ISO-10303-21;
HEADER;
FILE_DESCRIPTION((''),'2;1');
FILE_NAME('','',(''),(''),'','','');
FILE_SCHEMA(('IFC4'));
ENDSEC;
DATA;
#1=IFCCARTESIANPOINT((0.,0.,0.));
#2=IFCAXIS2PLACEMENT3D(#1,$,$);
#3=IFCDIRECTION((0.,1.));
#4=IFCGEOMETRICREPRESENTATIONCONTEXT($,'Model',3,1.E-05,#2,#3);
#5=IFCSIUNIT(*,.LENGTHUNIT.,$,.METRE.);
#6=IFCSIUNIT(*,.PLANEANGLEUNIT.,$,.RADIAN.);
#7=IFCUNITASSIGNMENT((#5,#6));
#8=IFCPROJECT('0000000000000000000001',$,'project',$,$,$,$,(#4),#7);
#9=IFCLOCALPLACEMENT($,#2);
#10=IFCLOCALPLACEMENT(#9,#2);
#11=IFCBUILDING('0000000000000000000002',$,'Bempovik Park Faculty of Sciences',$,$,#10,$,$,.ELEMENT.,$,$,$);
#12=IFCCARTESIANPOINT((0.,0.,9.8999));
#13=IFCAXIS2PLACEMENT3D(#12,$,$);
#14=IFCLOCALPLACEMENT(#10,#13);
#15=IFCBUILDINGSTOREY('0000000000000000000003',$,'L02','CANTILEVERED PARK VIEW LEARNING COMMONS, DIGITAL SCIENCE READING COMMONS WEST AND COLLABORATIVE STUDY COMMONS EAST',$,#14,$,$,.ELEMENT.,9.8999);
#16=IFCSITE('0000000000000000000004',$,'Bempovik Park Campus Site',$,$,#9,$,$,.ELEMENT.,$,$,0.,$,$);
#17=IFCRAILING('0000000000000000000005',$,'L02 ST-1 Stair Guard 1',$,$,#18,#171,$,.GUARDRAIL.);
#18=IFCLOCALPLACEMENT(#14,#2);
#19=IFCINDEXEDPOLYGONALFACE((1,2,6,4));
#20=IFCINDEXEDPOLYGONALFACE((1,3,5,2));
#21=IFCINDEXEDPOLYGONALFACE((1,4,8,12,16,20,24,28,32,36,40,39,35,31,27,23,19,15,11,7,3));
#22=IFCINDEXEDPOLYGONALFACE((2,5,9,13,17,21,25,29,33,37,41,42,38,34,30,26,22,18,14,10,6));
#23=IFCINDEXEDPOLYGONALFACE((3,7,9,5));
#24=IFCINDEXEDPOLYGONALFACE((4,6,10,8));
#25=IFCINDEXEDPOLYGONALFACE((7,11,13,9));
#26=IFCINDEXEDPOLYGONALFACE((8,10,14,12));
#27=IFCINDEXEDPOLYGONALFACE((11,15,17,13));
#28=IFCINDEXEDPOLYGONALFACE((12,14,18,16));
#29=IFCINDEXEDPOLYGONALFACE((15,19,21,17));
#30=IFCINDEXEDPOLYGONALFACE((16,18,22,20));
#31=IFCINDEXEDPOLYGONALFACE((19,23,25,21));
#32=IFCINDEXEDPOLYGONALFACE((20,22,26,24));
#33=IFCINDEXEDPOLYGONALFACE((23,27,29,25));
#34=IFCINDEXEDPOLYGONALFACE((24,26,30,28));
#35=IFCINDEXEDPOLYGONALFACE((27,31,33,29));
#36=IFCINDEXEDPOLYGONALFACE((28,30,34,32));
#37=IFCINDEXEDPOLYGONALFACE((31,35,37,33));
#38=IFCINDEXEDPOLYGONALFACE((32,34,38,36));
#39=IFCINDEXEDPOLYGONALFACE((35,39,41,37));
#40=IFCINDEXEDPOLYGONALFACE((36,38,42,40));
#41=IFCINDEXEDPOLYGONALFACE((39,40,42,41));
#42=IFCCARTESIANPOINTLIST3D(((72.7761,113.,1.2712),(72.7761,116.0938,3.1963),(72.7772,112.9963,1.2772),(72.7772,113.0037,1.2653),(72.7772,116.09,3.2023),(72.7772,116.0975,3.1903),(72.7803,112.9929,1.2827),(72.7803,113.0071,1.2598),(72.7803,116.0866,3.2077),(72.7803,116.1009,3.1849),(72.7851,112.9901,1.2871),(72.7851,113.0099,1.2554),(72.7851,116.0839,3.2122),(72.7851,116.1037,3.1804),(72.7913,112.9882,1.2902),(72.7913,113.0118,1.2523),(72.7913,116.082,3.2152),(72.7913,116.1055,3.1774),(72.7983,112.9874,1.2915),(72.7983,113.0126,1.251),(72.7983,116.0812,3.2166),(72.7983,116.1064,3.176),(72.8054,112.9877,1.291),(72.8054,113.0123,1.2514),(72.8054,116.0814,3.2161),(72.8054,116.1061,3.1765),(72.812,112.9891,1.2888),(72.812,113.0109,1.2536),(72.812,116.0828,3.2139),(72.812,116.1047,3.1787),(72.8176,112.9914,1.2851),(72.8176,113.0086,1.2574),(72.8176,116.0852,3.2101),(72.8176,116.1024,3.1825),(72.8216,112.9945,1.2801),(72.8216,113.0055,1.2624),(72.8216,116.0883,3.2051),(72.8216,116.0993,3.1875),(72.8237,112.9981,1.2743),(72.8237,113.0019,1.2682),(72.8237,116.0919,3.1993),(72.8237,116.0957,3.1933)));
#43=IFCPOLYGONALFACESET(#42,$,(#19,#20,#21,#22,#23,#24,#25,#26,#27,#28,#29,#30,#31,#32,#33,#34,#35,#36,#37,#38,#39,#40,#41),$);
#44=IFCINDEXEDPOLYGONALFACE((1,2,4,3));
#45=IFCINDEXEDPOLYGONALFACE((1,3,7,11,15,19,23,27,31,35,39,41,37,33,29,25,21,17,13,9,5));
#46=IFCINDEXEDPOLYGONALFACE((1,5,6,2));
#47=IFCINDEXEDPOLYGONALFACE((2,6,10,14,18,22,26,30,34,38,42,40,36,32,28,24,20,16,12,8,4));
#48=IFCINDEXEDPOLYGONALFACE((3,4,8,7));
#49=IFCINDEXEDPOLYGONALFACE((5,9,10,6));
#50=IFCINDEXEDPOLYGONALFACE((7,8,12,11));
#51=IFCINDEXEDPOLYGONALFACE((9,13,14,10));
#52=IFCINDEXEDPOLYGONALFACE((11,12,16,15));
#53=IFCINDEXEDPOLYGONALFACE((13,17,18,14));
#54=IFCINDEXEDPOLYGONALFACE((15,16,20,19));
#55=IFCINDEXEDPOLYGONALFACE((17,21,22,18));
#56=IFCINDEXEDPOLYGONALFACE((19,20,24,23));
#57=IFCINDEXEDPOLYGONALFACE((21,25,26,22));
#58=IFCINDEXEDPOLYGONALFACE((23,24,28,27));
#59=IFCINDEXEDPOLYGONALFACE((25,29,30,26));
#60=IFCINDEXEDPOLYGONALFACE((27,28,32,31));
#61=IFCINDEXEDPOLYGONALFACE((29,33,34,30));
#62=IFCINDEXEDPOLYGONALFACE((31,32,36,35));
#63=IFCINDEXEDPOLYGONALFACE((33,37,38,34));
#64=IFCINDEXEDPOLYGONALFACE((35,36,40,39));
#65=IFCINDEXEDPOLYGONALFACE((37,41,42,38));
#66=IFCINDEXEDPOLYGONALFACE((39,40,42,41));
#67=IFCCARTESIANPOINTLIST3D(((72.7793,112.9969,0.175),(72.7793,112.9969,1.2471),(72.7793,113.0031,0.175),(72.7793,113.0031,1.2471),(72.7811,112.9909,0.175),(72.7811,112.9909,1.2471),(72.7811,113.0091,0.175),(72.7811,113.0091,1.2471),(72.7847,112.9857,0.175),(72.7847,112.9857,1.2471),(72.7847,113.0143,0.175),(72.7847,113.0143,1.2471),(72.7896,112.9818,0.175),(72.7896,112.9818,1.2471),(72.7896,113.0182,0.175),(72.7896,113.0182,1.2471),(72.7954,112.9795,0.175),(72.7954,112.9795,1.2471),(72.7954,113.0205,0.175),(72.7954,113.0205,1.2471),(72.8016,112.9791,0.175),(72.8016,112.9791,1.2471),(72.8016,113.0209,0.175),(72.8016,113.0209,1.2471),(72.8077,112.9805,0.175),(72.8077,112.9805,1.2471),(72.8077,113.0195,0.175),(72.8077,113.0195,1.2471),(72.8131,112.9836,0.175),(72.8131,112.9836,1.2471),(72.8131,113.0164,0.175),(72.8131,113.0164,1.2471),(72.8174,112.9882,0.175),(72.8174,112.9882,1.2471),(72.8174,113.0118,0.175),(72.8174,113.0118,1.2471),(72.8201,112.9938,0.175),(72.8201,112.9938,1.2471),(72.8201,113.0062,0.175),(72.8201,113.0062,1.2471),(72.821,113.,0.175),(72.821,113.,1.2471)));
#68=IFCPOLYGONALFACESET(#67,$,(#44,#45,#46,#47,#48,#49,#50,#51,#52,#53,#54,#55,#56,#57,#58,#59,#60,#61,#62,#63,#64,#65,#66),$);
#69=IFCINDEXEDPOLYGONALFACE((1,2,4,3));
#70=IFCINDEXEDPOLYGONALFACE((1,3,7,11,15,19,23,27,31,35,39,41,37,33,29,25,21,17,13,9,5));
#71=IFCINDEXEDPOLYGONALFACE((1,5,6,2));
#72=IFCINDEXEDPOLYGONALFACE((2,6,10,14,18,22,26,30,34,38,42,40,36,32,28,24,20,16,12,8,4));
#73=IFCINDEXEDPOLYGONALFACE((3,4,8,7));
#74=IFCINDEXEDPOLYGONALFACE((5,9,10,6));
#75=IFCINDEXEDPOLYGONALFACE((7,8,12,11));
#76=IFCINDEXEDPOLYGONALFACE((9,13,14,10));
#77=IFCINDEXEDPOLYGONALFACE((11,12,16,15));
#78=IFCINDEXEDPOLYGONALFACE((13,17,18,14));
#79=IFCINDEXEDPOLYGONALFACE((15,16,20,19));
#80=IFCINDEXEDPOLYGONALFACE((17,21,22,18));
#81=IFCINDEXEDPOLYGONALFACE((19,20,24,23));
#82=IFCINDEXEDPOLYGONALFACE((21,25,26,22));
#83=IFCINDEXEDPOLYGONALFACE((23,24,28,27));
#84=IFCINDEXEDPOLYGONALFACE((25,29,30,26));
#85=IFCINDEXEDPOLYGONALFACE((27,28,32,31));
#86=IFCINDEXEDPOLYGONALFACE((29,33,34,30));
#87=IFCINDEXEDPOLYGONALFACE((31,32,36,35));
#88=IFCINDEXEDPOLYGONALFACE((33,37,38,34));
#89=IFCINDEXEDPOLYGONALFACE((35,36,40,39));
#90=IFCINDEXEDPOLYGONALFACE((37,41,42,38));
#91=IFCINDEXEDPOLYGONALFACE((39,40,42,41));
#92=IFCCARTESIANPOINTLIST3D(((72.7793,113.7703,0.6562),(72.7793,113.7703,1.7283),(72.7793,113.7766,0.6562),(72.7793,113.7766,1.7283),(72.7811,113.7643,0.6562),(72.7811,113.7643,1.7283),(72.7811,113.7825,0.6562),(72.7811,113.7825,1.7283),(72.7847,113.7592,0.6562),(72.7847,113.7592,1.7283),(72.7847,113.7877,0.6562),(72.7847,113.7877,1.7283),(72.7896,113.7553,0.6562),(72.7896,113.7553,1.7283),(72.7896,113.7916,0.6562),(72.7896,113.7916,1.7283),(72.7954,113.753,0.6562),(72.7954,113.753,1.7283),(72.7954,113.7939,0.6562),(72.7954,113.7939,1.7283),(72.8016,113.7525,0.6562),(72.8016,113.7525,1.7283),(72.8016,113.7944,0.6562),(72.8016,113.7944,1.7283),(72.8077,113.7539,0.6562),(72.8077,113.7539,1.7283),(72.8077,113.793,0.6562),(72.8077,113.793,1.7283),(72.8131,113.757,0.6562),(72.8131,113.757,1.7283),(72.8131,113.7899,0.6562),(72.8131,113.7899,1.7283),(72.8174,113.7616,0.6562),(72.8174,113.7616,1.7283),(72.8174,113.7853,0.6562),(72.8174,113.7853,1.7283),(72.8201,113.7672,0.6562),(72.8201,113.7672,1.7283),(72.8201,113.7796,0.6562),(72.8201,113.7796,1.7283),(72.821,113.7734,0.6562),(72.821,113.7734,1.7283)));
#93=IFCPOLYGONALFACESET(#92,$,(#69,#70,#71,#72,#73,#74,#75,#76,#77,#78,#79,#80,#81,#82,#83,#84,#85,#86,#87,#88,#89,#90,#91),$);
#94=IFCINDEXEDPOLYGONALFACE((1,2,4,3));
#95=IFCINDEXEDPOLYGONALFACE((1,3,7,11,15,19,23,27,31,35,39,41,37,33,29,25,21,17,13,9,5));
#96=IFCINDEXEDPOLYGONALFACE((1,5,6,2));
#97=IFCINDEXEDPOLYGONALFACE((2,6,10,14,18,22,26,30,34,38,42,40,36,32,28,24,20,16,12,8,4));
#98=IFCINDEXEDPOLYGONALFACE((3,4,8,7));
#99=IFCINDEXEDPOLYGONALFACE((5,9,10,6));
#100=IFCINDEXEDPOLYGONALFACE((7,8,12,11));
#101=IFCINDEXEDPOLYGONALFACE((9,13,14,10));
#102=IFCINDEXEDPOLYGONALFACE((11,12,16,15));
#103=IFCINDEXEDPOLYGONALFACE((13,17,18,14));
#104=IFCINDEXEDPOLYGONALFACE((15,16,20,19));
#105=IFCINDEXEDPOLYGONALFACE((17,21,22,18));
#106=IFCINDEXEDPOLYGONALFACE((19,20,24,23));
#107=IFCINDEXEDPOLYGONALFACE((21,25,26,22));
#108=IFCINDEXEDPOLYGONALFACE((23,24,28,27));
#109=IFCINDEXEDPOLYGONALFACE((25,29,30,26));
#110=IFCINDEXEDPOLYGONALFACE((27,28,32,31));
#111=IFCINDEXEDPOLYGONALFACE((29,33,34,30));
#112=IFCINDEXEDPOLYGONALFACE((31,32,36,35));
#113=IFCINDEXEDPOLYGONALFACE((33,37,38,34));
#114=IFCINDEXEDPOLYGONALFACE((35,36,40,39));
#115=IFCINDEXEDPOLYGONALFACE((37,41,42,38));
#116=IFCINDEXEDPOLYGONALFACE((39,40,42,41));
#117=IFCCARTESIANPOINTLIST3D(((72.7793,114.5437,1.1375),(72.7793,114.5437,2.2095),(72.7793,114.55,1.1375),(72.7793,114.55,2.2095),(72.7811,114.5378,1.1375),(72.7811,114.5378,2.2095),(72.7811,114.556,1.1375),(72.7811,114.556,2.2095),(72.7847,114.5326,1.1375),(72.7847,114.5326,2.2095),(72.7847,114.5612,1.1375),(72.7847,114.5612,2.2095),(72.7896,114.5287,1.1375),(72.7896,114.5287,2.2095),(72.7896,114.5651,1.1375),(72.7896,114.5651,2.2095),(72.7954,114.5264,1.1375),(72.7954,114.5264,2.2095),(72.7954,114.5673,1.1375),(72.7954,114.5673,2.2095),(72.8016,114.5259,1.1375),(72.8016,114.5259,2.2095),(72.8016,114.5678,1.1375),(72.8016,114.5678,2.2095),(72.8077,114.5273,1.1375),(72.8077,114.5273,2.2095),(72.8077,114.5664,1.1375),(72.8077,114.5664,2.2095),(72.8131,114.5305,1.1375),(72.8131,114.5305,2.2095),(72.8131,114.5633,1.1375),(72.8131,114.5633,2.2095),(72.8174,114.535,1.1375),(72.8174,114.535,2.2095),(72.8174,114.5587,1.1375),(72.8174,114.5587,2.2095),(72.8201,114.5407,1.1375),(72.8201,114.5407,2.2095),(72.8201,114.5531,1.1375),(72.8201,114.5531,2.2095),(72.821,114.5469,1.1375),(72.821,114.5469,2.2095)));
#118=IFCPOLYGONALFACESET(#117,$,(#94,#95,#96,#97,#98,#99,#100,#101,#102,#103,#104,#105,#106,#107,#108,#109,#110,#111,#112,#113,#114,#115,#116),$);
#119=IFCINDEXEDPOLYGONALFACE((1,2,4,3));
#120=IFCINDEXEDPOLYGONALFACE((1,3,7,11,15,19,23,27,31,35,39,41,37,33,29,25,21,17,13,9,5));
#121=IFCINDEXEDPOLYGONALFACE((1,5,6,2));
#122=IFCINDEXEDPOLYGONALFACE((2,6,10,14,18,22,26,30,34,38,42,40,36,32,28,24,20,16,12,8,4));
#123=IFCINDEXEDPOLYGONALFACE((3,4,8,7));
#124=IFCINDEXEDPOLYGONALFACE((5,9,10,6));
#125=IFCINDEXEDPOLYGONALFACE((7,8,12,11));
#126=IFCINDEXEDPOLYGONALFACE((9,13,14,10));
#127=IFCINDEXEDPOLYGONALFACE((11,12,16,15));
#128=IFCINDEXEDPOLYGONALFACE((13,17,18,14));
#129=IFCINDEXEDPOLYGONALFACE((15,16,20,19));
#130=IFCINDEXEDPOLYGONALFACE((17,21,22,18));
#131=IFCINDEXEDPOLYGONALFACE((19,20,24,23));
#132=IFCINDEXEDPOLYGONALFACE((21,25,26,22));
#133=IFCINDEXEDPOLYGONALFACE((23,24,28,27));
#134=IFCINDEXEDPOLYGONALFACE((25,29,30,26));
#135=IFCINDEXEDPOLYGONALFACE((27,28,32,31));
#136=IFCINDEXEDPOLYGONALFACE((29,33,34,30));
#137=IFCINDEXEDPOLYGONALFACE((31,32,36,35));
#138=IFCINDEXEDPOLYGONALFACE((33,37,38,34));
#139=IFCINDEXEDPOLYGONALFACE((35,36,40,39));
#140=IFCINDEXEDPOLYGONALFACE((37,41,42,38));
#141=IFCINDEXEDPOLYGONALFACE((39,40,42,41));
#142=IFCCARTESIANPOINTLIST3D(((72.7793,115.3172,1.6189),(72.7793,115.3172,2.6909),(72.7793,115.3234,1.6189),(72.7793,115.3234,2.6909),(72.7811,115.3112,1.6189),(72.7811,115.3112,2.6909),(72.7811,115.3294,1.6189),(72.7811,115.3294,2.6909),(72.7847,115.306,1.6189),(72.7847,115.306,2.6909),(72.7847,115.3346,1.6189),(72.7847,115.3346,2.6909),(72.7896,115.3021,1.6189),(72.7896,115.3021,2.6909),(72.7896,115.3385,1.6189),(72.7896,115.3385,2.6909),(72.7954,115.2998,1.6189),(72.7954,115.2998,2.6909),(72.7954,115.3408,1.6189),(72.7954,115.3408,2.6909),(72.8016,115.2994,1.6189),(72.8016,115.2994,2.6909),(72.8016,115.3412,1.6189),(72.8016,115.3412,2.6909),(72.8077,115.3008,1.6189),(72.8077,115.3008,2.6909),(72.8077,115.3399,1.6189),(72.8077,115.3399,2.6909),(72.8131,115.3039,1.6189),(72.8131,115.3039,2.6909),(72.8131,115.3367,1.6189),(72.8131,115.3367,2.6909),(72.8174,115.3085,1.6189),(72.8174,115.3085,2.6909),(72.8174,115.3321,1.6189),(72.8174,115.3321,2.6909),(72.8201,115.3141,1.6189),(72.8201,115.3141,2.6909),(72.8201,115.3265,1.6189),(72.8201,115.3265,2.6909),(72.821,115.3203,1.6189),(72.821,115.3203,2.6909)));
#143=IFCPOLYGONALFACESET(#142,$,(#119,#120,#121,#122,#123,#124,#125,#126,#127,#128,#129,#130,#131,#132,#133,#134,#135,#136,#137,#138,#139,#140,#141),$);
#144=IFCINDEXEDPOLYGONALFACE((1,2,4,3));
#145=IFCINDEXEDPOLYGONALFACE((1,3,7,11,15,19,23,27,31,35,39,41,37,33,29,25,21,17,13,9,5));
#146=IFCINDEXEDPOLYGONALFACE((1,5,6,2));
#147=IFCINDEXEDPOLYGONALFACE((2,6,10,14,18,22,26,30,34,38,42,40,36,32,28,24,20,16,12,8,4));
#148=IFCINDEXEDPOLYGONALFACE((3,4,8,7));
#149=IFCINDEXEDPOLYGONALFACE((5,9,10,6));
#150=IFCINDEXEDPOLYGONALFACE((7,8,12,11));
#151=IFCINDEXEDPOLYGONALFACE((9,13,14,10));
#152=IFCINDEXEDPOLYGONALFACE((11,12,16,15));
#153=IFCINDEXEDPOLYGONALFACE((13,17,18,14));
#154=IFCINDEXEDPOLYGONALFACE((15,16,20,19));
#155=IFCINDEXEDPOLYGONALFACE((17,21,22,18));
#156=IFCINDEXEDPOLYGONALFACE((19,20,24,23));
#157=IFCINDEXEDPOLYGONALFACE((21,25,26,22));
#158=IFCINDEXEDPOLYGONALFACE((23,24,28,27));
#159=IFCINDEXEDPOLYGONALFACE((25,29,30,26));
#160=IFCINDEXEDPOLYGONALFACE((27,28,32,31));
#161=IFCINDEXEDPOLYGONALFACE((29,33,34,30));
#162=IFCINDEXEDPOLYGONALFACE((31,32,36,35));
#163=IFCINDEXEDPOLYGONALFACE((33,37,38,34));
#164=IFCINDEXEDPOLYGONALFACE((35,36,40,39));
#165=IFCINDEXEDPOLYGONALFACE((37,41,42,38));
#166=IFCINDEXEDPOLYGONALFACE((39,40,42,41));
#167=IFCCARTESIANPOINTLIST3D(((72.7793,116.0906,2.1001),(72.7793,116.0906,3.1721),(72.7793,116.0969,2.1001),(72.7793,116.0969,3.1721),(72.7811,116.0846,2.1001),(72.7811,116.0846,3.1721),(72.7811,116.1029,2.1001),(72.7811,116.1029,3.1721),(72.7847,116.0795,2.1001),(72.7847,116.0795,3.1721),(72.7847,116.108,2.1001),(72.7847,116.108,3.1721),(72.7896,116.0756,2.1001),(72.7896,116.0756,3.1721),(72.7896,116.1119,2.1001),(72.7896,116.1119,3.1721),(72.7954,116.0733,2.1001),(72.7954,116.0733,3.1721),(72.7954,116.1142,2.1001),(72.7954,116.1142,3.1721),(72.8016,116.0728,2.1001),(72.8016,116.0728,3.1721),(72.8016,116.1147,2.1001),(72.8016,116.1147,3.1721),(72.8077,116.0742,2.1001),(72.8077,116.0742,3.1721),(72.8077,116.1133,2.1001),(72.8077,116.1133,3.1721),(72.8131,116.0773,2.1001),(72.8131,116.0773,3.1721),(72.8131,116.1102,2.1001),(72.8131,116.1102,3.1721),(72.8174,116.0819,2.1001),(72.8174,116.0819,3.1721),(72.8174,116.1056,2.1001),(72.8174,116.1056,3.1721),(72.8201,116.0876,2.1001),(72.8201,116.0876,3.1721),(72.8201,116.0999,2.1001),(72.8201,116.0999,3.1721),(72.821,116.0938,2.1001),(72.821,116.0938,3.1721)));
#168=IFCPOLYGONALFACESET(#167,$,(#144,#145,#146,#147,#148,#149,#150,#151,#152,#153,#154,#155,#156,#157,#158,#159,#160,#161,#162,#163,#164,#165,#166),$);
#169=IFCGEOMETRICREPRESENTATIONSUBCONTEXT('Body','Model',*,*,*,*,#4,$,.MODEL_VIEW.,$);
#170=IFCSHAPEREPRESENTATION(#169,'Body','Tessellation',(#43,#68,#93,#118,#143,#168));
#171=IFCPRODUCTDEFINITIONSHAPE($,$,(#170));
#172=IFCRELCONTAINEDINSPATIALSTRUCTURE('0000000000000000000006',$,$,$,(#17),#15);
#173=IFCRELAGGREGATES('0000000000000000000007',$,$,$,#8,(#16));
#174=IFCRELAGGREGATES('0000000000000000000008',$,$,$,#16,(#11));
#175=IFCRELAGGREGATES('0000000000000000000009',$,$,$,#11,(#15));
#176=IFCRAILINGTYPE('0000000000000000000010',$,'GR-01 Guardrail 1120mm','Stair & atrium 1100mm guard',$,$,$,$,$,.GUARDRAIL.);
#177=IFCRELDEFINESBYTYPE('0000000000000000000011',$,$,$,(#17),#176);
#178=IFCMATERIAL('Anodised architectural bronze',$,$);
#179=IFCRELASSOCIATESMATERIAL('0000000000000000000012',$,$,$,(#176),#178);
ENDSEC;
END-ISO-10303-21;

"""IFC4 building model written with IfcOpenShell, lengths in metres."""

from ifc_helpers import new_model, si_unit, direction, frame, origin, origin_2d, place, context, subcontext, project, spatial, circle, extrude, material, type_object, element, save


model = new_model("IFC4")

# Units and contexts
model_context = context("Model", 3, precision=1e-05, world=origin(), true_north=direction((0.0, 1.0)))
body_context = subcontext(model_context, "Body", "Model", "MODEL_VIEW")
ifc_project = project(units=[si_unit("LENGTHUNIT", "METRE"), si_unit("PLANEANGLEUNIT", "RADIAN")], contexts=[model_context])

# Site, building, storey
site_placement = place(None, origin())
site = spatial("IfcSite", under=ifc_project, at=site_placement, Name="Bempovik Park Campus Site", CompositionType="ELEMENT", RefElevation=0.0)
building_placement = place(site_placement, origin())
building = spatial("IfcBuilding", under=site, at=building_placement, Name="Bempovik Park Faculty of Sciences", CompositionType="ELEMENT")
storey_placement = place(building_placement, frame((0.0, 0.0, 9.8999)))
storey = spatial("IfcBuildingStorey", under=building, at=storey_placement, Name="L02", Description="CANTILEVERED PARK VIEW LEARNING COMMONS, DIGITAL SCIENCE READING COMMONS WEST AND COLLABORATIVE STUDY COMMONS EAST", CompositionType="ELEMENT", Elevation=9.8999)

# Railing
ifc_material_1 = material(Name="Anodised architectural bronze")
railing_type_1 = type_object("IfcRailingType", Name="GR-01 Guardrail 1120mm", Description="Stair & atrium 1100mm guard", PredefinedType="GUARDRAIL", material=ifc_material_1)
railing_1_placement = place(storey_placement, frame((72.8, 113.0, 0.175)))
element("IfcRailing", 1, at=railing_1_placement, inside=storey, type_object=railing_type_1, Name="L02 ST-1 Stair Guard 1", PredefinedType="GUARDRAIL", context=body_context, shape_type="SweptSolid", body=[
    extrude(circle(Radius=0.0239, at=origin_2d()), frame((0.0, 0.0, 1.0962), z_axis=(0.0, 0.849051, 0.528312), x_axis=(-1.0, 0.0, 0.0)), (0.0, 0.0, 1.0), 3.6438),
    extrude(circle(Radius=0.021, at=origin_2d()), origin(), (0.0, 0.0, 1.0), 1.072),
    extrude(circle(Radius=0.021, at=origin_2d()), frame((0.0, 0.7734, 0.4812)), (0.0, 0.0, 1.0), 1.072),
    extrude(circle(Radius=0.021, at=origin_2d()), frame((0.0, 1.5469, 0.9624)), (0.0, 0.0, 1.0), 1.072),
    extrude(circle(Radius=0.021, at=origin_2d()), frame((0.0, 2.3203, 1.4438)), (0.0, 0.0, 1.0), 1.072),
    extrude(circle(Radius=0.021, at=origin_2d()), frame((0.0, 3.0938, 1.925)), (0.0, 0.0, 1.0), 1.072),
])

save(model, "model.ifc")
